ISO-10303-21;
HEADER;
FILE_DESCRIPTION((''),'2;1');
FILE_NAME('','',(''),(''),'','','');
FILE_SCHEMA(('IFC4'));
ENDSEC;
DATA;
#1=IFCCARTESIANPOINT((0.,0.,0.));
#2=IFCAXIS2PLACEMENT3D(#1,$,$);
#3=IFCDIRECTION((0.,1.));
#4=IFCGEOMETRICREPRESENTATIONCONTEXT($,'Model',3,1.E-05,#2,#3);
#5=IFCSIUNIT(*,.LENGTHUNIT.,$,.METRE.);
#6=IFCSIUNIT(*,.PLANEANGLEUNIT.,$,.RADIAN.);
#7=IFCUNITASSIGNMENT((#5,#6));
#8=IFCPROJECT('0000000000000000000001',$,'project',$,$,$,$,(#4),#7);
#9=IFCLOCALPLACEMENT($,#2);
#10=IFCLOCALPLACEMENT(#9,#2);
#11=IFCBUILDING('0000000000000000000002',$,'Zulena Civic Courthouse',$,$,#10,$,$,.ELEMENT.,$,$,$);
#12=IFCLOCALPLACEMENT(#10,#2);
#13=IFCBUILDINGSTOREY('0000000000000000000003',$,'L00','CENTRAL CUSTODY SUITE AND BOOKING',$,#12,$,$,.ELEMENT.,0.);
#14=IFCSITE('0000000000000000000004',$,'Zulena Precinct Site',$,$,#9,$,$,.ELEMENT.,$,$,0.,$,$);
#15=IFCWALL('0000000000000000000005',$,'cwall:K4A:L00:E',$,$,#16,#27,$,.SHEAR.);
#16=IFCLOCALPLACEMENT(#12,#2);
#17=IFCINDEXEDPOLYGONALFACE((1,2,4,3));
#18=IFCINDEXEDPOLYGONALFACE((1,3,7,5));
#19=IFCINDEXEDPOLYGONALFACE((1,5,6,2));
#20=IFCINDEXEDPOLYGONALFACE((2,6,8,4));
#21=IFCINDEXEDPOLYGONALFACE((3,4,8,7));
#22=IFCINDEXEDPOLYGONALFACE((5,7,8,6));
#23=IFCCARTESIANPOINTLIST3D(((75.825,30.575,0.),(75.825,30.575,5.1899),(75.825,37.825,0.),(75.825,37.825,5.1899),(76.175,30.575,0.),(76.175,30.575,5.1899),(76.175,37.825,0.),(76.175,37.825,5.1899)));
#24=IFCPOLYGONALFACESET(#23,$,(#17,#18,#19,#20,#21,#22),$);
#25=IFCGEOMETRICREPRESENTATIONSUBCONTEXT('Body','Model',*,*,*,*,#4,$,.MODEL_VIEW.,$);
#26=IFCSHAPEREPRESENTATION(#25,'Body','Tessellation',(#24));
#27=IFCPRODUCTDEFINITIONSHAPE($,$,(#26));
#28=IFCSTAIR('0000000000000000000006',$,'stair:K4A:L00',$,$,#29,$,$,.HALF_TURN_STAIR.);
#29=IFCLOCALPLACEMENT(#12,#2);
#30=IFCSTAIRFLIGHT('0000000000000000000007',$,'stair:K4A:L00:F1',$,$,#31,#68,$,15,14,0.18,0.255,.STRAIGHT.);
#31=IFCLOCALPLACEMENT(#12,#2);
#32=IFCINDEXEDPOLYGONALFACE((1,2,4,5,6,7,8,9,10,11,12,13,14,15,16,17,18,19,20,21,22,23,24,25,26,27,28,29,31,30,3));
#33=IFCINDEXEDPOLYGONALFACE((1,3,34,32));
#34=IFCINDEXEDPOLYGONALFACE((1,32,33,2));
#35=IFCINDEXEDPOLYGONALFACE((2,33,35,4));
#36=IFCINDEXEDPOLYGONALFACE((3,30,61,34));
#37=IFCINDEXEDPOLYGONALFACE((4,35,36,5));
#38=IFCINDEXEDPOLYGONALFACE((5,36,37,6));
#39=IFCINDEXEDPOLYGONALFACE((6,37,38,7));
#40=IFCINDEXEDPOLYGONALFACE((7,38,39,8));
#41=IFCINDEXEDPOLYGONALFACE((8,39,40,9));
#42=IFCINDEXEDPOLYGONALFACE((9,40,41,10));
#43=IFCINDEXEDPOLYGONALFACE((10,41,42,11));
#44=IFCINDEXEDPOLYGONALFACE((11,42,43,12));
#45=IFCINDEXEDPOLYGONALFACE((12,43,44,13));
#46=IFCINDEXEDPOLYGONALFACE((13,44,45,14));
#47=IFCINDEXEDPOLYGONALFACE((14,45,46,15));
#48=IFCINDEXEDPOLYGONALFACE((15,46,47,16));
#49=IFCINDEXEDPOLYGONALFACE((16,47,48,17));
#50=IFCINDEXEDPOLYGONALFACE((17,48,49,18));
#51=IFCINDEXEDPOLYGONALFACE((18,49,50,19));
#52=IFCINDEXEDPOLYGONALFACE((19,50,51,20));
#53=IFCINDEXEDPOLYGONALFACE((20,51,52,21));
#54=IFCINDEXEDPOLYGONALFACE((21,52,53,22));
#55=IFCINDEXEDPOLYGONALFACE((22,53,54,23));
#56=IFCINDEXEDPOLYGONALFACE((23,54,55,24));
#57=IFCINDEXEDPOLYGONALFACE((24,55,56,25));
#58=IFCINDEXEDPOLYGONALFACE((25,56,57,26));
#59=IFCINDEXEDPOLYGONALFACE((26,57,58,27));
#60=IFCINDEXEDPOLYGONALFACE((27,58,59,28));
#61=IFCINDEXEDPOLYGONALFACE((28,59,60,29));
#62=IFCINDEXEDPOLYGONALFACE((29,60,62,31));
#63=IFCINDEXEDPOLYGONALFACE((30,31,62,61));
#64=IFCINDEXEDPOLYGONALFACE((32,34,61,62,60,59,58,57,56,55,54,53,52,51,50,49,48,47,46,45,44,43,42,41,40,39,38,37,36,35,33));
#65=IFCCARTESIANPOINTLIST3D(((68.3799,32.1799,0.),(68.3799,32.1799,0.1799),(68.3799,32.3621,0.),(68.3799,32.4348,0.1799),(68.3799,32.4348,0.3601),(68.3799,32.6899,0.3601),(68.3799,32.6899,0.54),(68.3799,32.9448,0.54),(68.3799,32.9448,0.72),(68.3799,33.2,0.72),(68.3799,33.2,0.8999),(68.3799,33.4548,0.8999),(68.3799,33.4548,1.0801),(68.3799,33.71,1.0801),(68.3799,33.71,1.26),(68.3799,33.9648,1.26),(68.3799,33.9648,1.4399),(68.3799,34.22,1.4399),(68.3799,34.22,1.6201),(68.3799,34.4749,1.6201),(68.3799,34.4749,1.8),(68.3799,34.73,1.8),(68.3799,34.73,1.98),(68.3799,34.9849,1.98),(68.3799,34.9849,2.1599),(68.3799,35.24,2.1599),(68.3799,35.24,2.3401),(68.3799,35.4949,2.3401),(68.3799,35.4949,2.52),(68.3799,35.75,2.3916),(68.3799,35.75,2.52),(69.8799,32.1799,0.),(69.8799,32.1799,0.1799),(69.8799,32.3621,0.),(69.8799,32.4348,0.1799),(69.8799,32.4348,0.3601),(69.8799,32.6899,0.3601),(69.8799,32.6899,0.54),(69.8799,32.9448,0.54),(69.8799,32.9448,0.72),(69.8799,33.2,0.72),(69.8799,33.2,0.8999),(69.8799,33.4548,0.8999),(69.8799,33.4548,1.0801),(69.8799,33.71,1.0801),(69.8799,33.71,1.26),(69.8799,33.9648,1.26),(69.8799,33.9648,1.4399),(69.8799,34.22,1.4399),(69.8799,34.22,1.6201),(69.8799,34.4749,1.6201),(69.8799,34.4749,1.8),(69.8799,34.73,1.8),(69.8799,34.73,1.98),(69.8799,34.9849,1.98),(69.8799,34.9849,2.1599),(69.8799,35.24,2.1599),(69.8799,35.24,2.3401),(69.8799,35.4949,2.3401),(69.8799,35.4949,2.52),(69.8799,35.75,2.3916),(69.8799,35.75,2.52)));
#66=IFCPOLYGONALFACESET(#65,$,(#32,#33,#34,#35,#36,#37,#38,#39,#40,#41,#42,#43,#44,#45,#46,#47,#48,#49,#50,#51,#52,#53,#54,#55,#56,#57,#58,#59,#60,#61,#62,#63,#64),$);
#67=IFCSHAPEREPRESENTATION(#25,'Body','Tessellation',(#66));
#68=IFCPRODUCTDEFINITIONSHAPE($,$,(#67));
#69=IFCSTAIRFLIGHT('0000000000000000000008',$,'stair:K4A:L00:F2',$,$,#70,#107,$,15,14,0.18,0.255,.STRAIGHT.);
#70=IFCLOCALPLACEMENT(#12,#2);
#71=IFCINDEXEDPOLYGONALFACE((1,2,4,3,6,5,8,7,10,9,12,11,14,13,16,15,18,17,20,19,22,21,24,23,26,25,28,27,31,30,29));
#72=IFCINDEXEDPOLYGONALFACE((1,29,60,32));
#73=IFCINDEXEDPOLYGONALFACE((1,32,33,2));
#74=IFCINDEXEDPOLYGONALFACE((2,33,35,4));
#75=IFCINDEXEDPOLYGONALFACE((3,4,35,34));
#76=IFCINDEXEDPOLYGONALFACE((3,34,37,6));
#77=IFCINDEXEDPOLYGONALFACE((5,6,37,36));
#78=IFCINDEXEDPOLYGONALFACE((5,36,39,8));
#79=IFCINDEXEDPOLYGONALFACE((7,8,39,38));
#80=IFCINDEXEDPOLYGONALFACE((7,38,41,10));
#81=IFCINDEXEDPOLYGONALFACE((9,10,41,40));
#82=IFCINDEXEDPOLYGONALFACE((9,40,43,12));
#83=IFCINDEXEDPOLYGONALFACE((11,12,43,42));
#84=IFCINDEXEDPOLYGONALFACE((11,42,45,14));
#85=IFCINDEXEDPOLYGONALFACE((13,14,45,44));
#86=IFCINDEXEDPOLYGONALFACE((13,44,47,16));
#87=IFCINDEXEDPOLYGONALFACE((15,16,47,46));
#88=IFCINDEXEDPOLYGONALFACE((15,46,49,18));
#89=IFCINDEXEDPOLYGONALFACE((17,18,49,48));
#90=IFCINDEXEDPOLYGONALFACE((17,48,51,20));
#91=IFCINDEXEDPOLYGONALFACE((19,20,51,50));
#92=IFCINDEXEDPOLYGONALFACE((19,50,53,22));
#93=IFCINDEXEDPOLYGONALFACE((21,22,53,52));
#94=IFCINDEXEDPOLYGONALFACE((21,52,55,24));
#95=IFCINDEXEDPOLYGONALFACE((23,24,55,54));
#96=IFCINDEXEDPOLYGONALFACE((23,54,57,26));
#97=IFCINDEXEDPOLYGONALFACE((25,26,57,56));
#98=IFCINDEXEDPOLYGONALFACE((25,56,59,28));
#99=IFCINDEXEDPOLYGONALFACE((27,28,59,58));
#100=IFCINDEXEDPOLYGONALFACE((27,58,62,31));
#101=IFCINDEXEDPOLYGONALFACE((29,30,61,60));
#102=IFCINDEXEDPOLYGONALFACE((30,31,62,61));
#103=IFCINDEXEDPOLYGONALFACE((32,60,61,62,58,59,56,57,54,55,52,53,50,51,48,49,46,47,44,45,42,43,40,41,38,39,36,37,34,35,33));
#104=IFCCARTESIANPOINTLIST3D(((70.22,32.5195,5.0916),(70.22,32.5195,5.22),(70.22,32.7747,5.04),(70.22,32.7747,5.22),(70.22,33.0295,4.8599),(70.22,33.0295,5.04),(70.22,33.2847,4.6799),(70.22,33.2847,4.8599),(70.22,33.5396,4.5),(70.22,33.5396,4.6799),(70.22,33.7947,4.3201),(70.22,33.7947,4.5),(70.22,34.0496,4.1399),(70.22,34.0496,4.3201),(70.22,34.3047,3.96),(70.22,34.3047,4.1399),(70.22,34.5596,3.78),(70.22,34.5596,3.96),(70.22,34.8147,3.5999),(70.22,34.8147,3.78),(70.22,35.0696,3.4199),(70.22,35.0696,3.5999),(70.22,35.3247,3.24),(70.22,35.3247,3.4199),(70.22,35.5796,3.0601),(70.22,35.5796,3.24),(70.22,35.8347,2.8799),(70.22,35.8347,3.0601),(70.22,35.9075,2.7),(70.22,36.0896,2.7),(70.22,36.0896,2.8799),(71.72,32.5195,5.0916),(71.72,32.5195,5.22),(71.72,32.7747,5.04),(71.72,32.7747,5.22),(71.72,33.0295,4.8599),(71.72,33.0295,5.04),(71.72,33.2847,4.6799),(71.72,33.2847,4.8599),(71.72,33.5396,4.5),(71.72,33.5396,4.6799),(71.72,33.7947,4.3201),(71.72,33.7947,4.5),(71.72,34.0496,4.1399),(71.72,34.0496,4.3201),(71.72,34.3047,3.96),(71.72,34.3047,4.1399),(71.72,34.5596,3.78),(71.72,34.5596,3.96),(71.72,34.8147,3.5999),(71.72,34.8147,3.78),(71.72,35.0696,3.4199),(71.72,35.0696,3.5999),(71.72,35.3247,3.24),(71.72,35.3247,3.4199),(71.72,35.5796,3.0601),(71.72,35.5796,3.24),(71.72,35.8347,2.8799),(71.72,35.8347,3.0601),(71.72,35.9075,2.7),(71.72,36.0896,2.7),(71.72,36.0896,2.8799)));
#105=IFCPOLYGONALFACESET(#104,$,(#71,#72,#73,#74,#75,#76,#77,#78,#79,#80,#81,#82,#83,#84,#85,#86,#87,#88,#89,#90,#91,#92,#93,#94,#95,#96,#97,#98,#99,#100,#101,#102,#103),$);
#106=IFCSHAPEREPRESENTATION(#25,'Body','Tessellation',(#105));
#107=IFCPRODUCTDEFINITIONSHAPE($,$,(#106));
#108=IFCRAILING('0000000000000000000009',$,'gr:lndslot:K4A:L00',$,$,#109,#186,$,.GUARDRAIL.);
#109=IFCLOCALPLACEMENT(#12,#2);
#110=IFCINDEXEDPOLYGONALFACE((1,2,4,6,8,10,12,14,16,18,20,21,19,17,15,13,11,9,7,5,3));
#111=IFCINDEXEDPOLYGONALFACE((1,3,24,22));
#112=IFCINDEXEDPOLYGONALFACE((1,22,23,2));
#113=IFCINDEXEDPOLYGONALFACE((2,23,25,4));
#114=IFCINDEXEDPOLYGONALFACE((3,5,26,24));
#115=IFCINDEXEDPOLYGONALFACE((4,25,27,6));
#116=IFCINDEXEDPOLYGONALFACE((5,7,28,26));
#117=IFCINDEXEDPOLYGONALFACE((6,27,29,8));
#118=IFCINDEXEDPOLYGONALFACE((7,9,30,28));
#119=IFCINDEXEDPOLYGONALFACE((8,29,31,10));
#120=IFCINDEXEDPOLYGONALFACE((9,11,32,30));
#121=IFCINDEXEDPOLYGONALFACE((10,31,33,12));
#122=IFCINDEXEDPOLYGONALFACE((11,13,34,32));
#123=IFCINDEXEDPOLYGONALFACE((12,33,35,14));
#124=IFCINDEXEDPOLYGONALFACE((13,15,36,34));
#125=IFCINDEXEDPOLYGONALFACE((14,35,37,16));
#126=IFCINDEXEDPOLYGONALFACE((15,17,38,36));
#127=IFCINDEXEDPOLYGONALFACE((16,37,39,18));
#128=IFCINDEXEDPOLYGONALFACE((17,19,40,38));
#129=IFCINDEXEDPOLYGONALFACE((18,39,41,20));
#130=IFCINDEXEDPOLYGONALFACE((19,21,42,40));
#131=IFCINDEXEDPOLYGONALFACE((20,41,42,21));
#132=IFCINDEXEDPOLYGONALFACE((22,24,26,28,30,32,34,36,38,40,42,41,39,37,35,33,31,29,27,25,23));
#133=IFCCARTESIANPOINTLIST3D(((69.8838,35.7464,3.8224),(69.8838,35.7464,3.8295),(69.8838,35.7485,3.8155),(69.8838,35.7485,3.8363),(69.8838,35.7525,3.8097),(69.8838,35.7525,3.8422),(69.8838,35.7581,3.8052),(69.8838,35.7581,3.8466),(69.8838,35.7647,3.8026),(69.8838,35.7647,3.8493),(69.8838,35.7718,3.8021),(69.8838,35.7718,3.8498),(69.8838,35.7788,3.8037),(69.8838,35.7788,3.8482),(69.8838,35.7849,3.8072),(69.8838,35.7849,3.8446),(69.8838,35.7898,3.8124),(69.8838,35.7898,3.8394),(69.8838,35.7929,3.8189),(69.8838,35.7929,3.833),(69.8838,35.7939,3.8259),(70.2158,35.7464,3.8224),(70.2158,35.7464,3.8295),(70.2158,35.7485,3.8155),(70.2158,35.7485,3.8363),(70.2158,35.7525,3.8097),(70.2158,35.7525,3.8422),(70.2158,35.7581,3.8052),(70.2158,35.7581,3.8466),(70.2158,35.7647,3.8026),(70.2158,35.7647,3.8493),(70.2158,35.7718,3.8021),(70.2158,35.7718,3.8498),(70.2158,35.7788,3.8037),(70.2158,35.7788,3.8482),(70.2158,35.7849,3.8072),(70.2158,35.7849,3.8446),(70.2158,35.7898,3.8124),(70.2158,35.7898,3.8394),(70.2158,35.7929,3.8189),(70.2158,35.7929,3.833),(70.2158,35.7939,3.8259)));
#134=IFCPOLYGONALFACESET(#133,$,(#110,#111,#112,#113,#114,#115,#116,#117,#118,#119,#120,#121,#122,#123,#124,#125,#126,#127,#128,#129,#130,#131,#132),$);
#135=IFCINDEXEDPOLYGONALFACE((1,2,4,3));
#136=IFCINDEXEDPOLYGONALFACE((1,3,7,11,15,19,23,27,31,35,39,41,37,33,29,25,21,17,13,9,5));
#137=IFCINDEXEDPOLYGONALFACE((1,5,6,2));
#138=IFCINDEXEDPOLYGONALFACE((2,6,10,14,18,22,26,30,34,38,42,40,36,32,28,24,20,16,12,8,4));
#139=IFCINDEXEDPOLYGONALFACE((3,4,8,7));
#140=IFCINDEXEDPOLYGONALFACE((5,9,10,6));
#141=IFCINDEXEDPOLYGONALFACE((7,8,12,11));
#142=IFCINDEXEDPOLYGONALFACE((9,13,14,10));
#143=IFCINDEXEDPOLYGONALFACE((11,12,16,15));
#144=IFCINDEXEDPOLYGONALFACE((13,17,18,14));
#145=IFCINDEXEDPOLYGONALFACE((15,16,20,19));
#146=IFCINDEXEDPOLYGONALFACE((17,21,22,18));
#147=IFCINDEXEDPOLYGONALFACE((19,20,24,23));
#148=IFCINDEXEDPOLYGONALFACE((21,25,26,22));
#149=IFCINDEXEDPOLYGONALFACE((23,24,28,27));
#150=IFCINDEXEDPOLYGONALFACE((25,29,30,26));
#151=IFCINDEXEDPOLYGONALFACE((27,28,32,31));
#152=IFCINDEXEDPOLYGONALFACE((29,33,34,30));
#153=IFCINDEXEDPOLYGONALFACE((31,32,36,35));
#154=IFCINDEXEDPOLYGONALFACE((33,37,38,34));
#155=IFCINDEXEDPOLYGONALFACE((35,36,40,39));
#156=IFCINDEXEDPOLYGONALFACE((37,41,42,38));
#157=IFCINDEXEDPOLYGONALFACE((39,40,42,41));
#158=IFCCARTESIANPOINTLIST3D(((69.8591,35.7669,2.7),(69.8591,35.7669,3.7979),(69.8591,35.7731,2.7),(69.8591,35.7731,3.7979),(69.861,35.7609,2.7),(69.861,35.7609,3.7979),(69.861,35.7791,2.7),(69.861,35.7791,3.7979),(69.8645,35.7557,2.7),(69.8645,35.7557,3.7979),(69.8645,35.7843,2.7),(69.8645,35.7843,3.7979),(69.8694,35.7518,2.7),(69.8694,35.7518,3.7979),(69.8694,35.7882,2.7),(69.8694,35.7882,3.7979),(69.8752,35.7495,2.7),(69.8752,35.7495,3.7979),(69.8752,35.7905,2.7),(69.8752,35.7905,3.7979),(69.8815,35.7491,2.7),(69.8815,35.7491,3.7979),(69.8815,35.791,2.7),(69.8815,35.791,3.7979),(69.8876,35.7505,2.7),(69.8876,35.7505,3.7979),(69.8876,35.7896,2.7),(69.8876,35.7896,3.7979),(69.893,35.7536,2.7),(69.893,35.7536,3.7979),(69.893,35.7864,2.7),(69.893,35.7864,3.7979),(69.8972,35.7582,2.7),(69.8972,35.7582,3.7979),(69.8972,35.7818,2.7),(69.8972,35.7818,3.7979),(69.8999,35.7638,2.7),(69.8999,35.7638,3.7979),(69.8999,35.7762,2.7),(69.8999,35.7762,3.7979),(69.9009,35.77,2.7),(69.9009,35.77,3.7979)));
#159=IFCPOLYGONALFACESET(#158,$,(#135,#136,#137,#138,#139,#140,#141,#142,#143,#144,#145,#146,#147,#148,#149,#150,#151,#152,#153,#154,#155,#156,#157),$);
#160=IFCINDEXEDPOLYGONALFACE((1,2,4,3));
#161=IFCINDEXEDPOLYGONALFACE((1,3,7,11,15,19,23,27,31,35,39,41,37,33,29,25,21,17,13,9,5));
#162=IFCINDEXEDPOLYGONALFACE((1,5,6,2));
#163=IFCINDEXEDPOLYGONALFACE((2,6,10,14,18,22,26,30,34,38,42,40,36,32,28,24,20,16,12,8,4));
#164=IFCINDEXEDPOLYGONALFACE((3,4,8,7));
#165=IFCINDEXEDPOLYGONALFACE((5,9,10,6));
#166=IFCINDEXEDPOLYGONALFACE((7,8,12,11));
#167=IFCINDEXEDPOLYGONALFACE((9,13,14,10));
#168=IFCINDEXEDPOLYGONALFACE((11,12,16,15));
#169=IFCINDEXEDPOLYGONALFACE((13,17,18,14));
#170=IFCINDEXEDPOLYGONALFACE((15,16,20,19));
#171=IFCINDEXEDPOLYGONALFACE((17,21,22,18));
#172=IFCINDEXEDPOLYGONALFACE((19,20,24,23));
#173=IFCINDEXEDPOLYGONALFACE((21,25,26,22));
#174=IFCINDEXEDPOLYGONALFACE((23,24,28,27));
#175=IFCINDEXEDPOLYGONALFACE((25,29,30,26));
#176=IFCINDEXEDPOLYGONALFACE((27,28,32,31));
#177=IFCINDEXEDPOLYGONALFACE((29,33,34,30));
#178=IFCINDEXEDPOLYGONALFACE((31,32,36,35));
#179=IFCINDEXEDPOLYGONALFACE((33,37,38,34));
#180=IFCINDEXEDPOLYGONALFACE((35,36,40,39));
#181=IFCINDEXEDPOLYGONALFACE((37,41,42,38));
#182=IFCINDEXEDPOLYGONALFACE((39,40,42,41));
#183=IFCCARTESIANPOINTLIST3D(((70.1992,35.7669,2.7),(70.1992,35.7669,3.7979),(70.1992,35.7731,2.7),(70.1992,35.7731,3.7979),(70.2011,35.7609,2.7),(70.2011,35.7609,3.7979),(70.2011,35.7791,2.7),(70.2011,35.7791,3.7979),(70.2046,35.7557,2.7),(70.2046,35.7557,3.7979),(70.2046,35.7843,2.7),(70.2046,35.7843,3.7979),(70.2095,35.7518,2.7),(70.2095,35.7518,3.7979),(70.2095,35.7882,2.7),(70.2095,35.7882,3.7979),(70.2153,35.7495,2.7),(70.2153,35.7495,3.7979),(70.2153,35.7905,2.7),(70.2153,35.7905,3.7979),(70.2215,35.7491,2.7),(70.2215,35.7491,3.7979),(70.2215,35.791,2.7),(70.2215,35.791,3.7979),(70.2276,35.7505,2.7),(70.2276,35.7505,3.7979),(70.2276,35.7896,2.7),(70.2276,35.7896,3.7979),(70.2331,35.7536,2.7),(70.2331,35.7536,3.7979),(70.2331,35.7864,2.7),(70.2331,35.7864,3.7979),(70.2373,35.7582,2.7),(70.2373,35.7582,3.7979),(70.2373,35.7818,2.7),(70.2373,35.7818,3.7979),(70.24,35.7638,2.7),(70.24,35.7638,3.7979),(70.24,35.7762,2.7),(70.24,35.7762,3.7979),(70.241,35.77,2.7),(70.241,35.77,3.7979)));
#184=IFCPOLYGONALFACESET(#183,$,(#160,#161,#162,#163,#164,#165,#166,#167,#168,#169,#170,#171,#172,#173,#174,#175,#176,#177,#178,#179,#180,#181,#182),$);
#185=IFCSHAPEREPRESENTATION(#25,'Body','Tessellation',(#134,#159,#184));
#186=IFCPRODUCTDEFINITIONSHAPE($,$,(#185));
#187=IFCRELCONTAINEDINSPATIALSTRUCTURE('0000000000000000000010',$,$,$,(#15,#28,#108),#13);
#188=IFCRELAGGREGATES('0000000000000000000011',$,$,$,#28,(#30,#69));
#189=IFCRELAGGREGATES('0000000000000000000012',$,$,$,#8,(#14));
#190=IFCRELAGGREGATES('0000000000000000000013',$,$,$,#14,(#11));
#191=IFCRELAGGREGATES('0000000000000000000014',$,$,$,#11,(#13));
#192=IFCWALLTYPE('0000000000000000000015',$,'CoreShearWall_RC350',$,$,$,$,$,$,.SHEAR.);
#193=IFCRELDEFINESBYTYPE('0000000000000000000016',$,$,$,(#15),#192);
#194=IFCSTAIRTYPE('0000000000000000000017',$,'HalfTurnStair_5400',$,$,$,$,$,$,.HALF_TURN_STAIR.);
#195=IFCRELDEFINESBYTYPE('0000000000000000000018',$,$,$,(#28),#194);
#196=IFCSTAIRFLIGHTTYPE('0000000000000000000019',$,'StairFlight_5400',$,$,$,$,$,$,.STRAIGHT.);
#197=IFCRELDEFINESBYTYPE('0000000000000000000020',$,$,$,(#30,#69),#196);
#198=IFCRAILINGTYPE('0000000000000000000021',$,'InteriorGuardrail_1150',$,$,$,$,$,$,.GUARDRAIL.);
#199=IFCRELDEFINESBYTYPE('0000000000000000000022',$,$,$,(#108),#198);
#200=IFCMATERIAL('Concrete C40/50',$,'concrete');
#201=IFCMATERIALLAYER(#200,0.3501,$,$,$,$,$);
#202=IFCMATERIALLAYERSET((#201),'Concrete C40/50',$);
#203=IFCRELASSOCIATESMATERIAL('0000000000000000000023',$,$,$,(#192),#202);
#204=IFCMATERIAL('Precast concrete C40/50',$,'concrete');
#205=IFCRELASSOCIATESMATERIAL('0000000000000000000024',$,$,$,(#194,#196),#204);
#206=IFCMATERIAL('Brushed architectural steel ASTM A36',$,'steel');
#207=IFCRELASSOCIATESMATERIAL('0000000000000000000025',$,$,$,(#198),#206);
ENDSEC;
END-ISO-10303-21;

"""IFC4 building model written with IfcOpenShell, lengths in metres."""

from ifc_helpers import new_model, si_unit, direction, frame, frame_2d, origin, origin_2d, place, context, subcontext, project, spatial, polyline, rectangle, circle, outline, extrude, material, layer, layer_set, type_object, element, aggregate, save


model = new_model("IFC4")

# Units and contexts
model_context = context("Model", 3, precision=1e-05, world=origin(), true_north=direction((0.0, 1.0)))
body_context = subcontext(model_context, "Body", "Model", "MODEL_VIEW")
ifc_project = project(units=[si_unit("LENGTHUNIT", "METRE"), si_unit("PLANEANGLEUNIT", "RADIAN")], contexts=[model_context])

# Site, building, storey
site_placement = place(None, origin())
site = spatial("IfcSite", under=ifc_project, at=site_placement, Name="Zulena Precinct Site", CompositionType="ELEMENT", RefElevation=0.0)
building_placement = place(site_placement, origin())
building = spatial("IfcBuilding", under=site, at=building_placement, Name="Zulena Civic Courthouse", CompositionType="ELEMENT")
storey_placement = place(building_placement, origin())
storey = spatial("IfcBuildingStorey", under=building, at=storey_placement, Name="L00", Description="CENTRAL CUSTODY SUITE AND BOOKING", CompositionType="ELEMENT", Elevation=0.0)

# Shared definitions
ifc_material_1 = material(Name="Concrete C40/50", Category="concrete")

# Wall
ifc_layer_1 = layer(ifc_material_1, 0.3501)
ifc_layer_set_1 = layer_set([ifc_layer_1], Name="Concrete C40/50")
wall_type_1 = type_object("IfcWallType", Name="CoreShearWall_RC350", PredefinedType="SHEAR", material=ifc_layer_set_1)
for number, where, z_axis, x_axis, name in (
    (1, (76.0, 30.575, 0.0), (0.0, 0.0, 1.0), (0.0, 1.0, 0.0), "cwall:K4A:L00:E"),
):
    element("IfcWall", number, at=place(storey_placement, frame(where, z_axis=z_axis, x_axis=x_axis)), inside=storey, type_object=wall_type_1, Name=name, PredefinedType="SHEAR", context=body_context, shape_type="SweptSolid", body=[
        extrude(rectangle(XDim=7.25, YDim=0.3501, at=frame_2d((3.625, 0.0))), origin(), (0.0, 0.0, 1.0), 5.1899),
    ])

# Stair, stair flights
ifc_material_2 = material(Name="Precast concrete C40/50", Category="concrete")
stair_type = type_object("IfcStairType", Name="HalfTurnStair_5400", PredefinedType="HALF_TURN_STAIR", material=ifc_material_2)
stair_placement = place(storey_placement, origin())
stair = element("IfcStair", 2, at=stair_placement, inside=storey, type_object=stair_type, Name="stair:K4A:L00", PredefinedType="HALF_TURN_STAIR")
stair_flight_type = type_object("IfcStairFlightType", Name="StairFlight_5400", PredefinedType="STRAIGHT", material=ifc_material_2)
stair_flight_1_placement = place(storey_placement, frame((69.1299, 32.1799, 0.0), z_axis=(0.0, 0.0, 1.0), x_axis=(0.0, 1.0, 0.0)))
stair_flight_1 = element("IfcStairFlight", 3, at=stair_flight_1_placement, type_object=stair_flight_type, Name="stair:K4A:L00:F1", NumberOfRisers=15, NumberOfTreads=14, PredefinedType="STRAIGHT", RiserHeight=0.18, TreadLength=0.255, context=body_context, shape_type="SweptSolid", body=[
    extrude(outline(polyline([(0.0, 0.0), (0.0, 0.1799), (0.2549, 0.1799), (0.2549, 0.3601), (0.51, 0.3601), (0.51, 0.54), (0.7649, 0.54), (0.7649, 0.72), (1.02, 0.72), (1.02, 0.8999), (1.2749, 0.8999), (1.2749, 1.0801), (1.53, 1.0801), (1.53, 1.26), (1.7849, 1.26), (1.7849, 1.4399), (2.04, 1.4399), (2.04, 1.6201), (2.2949, 1.6201), (2.2949, 1.8), (2.55, 1.8), (2.55, 1.98), (2.8049, 1.98), (2.8049, 2.1599), (3.0601, 2.1599), (3.0601, 2.3401), (3.3149, 2.3401), (3.3149, 2.52), (3.5701, 2.52), (3.5701, 2.7), (3.5701, 2.3916), (0.1821, 0.0), (0.0, 0.0)])), frame((0.0, 0.75, 0.0), z_axis=(0.0, -1.0, 0.0), x_axis=(1.0, 0.0, 0.0)), (0.0, 0.0, 1.0), 1.5),
])
stair_flight_2_placement = place(storey_placement, frame((70.97, 36.0896, 2.7), z_axis=(0.0, 0.0, 1.0), x_axis=(0.0, -1.0, 0.0)))
stair_flight_2 = element("IfcStairFlight", 4, at=stair_flight_2_placement, type_object=stair_flight_type, Name="stair:K4A:L00:F2", NumberOfRisers=15, NumberOfTreads=14, PredefinedType="STRAIGHT", RiserHeight=0.18, TreadLength=0.255, context=body_context, shape_type="SweptSolid", body=[
    extrude(outline(polyline([(0.0, 0.0), (0.0, 0.1799), (0.2549, 0.1799), (0.2549, 0.3601), (0.51, 0.3601), (0.51, 0.54), (0.7649, 0.54), (0.7649, 0.72), (1.02, 0.72), (1.02, 0.8999), (1.2749, 0.8999), (1.2749, 1.0801), (1.53, 1.0801), (1.53, 1.26), (1.7849, 1.26), (1.7849, 1.4399), (2.04, 1.4399), (2.04, 1.6201), (2.2949, 1.6201), (2.2949, 1.8), (2.55, 1.8), (2.55, 1.98), (2.8049, 1.98), (2.8049, 2.1599), (3.0601, 2.1599), (3.0601, 2.3401), (3.3149, 2.3401), (3.3149, 2.52), (3.5701, 2.52), (3.5701, 2.7), (3.5701, 2.3916), (0.1821, 0.0), (0.0, 0.0)])), frame((0.0, 0.75, 0.0), z_axis=(0.0, -1.0, 0.0), x_axis=(1.0, 0.0, 0.0)), (0.0, 0.0, 1.0), 1.5),
])
aggregate(stair, [stair_flight_1, stair_flight_2])

# Railing
ifc_material_3 = material(Name="Brushed architectural steel ASTM A36", Category="steel")
railing_type_1 = type_object("IfcRailingType", Name="InteriorGuardrail_1150", PredefinedType="GUARDRAIL", material=ifc_material_3)
railing_1_placement = place(storey_placement, frame((69.8799, 35.77, 2.7)))
element("IfcRailing", 5, at=railing_1_placement, inside=storey, type_object=railing_type_1, Name="gr:lndslot:K4A:L00", PredefinedType="GUARDRAIL", context=body_context, shape_type="SweptSolid", body=[
    extrude(circle(Radius=0.0239, at=origin_2d()), frame((0.0039, 0.0, 1.126), z_axis=(1.0, 0.0, 0.0), x_axis=(0.0, 1.0, 0.0)), (0.0, 0.0, 1.0), 0.332),
    extrude(circle(Radius=0.021, at=origin_2d()), origin(), (0.0, 0.0, 1.0), 1.0979),
    extrude(circle(Radius=0.021, at=origin_2d()), frame((0.3401, 0.0, 0.0)), (0.0, 0.0, 1.0), 1.0979),
])

save(model, "model.ifc")
